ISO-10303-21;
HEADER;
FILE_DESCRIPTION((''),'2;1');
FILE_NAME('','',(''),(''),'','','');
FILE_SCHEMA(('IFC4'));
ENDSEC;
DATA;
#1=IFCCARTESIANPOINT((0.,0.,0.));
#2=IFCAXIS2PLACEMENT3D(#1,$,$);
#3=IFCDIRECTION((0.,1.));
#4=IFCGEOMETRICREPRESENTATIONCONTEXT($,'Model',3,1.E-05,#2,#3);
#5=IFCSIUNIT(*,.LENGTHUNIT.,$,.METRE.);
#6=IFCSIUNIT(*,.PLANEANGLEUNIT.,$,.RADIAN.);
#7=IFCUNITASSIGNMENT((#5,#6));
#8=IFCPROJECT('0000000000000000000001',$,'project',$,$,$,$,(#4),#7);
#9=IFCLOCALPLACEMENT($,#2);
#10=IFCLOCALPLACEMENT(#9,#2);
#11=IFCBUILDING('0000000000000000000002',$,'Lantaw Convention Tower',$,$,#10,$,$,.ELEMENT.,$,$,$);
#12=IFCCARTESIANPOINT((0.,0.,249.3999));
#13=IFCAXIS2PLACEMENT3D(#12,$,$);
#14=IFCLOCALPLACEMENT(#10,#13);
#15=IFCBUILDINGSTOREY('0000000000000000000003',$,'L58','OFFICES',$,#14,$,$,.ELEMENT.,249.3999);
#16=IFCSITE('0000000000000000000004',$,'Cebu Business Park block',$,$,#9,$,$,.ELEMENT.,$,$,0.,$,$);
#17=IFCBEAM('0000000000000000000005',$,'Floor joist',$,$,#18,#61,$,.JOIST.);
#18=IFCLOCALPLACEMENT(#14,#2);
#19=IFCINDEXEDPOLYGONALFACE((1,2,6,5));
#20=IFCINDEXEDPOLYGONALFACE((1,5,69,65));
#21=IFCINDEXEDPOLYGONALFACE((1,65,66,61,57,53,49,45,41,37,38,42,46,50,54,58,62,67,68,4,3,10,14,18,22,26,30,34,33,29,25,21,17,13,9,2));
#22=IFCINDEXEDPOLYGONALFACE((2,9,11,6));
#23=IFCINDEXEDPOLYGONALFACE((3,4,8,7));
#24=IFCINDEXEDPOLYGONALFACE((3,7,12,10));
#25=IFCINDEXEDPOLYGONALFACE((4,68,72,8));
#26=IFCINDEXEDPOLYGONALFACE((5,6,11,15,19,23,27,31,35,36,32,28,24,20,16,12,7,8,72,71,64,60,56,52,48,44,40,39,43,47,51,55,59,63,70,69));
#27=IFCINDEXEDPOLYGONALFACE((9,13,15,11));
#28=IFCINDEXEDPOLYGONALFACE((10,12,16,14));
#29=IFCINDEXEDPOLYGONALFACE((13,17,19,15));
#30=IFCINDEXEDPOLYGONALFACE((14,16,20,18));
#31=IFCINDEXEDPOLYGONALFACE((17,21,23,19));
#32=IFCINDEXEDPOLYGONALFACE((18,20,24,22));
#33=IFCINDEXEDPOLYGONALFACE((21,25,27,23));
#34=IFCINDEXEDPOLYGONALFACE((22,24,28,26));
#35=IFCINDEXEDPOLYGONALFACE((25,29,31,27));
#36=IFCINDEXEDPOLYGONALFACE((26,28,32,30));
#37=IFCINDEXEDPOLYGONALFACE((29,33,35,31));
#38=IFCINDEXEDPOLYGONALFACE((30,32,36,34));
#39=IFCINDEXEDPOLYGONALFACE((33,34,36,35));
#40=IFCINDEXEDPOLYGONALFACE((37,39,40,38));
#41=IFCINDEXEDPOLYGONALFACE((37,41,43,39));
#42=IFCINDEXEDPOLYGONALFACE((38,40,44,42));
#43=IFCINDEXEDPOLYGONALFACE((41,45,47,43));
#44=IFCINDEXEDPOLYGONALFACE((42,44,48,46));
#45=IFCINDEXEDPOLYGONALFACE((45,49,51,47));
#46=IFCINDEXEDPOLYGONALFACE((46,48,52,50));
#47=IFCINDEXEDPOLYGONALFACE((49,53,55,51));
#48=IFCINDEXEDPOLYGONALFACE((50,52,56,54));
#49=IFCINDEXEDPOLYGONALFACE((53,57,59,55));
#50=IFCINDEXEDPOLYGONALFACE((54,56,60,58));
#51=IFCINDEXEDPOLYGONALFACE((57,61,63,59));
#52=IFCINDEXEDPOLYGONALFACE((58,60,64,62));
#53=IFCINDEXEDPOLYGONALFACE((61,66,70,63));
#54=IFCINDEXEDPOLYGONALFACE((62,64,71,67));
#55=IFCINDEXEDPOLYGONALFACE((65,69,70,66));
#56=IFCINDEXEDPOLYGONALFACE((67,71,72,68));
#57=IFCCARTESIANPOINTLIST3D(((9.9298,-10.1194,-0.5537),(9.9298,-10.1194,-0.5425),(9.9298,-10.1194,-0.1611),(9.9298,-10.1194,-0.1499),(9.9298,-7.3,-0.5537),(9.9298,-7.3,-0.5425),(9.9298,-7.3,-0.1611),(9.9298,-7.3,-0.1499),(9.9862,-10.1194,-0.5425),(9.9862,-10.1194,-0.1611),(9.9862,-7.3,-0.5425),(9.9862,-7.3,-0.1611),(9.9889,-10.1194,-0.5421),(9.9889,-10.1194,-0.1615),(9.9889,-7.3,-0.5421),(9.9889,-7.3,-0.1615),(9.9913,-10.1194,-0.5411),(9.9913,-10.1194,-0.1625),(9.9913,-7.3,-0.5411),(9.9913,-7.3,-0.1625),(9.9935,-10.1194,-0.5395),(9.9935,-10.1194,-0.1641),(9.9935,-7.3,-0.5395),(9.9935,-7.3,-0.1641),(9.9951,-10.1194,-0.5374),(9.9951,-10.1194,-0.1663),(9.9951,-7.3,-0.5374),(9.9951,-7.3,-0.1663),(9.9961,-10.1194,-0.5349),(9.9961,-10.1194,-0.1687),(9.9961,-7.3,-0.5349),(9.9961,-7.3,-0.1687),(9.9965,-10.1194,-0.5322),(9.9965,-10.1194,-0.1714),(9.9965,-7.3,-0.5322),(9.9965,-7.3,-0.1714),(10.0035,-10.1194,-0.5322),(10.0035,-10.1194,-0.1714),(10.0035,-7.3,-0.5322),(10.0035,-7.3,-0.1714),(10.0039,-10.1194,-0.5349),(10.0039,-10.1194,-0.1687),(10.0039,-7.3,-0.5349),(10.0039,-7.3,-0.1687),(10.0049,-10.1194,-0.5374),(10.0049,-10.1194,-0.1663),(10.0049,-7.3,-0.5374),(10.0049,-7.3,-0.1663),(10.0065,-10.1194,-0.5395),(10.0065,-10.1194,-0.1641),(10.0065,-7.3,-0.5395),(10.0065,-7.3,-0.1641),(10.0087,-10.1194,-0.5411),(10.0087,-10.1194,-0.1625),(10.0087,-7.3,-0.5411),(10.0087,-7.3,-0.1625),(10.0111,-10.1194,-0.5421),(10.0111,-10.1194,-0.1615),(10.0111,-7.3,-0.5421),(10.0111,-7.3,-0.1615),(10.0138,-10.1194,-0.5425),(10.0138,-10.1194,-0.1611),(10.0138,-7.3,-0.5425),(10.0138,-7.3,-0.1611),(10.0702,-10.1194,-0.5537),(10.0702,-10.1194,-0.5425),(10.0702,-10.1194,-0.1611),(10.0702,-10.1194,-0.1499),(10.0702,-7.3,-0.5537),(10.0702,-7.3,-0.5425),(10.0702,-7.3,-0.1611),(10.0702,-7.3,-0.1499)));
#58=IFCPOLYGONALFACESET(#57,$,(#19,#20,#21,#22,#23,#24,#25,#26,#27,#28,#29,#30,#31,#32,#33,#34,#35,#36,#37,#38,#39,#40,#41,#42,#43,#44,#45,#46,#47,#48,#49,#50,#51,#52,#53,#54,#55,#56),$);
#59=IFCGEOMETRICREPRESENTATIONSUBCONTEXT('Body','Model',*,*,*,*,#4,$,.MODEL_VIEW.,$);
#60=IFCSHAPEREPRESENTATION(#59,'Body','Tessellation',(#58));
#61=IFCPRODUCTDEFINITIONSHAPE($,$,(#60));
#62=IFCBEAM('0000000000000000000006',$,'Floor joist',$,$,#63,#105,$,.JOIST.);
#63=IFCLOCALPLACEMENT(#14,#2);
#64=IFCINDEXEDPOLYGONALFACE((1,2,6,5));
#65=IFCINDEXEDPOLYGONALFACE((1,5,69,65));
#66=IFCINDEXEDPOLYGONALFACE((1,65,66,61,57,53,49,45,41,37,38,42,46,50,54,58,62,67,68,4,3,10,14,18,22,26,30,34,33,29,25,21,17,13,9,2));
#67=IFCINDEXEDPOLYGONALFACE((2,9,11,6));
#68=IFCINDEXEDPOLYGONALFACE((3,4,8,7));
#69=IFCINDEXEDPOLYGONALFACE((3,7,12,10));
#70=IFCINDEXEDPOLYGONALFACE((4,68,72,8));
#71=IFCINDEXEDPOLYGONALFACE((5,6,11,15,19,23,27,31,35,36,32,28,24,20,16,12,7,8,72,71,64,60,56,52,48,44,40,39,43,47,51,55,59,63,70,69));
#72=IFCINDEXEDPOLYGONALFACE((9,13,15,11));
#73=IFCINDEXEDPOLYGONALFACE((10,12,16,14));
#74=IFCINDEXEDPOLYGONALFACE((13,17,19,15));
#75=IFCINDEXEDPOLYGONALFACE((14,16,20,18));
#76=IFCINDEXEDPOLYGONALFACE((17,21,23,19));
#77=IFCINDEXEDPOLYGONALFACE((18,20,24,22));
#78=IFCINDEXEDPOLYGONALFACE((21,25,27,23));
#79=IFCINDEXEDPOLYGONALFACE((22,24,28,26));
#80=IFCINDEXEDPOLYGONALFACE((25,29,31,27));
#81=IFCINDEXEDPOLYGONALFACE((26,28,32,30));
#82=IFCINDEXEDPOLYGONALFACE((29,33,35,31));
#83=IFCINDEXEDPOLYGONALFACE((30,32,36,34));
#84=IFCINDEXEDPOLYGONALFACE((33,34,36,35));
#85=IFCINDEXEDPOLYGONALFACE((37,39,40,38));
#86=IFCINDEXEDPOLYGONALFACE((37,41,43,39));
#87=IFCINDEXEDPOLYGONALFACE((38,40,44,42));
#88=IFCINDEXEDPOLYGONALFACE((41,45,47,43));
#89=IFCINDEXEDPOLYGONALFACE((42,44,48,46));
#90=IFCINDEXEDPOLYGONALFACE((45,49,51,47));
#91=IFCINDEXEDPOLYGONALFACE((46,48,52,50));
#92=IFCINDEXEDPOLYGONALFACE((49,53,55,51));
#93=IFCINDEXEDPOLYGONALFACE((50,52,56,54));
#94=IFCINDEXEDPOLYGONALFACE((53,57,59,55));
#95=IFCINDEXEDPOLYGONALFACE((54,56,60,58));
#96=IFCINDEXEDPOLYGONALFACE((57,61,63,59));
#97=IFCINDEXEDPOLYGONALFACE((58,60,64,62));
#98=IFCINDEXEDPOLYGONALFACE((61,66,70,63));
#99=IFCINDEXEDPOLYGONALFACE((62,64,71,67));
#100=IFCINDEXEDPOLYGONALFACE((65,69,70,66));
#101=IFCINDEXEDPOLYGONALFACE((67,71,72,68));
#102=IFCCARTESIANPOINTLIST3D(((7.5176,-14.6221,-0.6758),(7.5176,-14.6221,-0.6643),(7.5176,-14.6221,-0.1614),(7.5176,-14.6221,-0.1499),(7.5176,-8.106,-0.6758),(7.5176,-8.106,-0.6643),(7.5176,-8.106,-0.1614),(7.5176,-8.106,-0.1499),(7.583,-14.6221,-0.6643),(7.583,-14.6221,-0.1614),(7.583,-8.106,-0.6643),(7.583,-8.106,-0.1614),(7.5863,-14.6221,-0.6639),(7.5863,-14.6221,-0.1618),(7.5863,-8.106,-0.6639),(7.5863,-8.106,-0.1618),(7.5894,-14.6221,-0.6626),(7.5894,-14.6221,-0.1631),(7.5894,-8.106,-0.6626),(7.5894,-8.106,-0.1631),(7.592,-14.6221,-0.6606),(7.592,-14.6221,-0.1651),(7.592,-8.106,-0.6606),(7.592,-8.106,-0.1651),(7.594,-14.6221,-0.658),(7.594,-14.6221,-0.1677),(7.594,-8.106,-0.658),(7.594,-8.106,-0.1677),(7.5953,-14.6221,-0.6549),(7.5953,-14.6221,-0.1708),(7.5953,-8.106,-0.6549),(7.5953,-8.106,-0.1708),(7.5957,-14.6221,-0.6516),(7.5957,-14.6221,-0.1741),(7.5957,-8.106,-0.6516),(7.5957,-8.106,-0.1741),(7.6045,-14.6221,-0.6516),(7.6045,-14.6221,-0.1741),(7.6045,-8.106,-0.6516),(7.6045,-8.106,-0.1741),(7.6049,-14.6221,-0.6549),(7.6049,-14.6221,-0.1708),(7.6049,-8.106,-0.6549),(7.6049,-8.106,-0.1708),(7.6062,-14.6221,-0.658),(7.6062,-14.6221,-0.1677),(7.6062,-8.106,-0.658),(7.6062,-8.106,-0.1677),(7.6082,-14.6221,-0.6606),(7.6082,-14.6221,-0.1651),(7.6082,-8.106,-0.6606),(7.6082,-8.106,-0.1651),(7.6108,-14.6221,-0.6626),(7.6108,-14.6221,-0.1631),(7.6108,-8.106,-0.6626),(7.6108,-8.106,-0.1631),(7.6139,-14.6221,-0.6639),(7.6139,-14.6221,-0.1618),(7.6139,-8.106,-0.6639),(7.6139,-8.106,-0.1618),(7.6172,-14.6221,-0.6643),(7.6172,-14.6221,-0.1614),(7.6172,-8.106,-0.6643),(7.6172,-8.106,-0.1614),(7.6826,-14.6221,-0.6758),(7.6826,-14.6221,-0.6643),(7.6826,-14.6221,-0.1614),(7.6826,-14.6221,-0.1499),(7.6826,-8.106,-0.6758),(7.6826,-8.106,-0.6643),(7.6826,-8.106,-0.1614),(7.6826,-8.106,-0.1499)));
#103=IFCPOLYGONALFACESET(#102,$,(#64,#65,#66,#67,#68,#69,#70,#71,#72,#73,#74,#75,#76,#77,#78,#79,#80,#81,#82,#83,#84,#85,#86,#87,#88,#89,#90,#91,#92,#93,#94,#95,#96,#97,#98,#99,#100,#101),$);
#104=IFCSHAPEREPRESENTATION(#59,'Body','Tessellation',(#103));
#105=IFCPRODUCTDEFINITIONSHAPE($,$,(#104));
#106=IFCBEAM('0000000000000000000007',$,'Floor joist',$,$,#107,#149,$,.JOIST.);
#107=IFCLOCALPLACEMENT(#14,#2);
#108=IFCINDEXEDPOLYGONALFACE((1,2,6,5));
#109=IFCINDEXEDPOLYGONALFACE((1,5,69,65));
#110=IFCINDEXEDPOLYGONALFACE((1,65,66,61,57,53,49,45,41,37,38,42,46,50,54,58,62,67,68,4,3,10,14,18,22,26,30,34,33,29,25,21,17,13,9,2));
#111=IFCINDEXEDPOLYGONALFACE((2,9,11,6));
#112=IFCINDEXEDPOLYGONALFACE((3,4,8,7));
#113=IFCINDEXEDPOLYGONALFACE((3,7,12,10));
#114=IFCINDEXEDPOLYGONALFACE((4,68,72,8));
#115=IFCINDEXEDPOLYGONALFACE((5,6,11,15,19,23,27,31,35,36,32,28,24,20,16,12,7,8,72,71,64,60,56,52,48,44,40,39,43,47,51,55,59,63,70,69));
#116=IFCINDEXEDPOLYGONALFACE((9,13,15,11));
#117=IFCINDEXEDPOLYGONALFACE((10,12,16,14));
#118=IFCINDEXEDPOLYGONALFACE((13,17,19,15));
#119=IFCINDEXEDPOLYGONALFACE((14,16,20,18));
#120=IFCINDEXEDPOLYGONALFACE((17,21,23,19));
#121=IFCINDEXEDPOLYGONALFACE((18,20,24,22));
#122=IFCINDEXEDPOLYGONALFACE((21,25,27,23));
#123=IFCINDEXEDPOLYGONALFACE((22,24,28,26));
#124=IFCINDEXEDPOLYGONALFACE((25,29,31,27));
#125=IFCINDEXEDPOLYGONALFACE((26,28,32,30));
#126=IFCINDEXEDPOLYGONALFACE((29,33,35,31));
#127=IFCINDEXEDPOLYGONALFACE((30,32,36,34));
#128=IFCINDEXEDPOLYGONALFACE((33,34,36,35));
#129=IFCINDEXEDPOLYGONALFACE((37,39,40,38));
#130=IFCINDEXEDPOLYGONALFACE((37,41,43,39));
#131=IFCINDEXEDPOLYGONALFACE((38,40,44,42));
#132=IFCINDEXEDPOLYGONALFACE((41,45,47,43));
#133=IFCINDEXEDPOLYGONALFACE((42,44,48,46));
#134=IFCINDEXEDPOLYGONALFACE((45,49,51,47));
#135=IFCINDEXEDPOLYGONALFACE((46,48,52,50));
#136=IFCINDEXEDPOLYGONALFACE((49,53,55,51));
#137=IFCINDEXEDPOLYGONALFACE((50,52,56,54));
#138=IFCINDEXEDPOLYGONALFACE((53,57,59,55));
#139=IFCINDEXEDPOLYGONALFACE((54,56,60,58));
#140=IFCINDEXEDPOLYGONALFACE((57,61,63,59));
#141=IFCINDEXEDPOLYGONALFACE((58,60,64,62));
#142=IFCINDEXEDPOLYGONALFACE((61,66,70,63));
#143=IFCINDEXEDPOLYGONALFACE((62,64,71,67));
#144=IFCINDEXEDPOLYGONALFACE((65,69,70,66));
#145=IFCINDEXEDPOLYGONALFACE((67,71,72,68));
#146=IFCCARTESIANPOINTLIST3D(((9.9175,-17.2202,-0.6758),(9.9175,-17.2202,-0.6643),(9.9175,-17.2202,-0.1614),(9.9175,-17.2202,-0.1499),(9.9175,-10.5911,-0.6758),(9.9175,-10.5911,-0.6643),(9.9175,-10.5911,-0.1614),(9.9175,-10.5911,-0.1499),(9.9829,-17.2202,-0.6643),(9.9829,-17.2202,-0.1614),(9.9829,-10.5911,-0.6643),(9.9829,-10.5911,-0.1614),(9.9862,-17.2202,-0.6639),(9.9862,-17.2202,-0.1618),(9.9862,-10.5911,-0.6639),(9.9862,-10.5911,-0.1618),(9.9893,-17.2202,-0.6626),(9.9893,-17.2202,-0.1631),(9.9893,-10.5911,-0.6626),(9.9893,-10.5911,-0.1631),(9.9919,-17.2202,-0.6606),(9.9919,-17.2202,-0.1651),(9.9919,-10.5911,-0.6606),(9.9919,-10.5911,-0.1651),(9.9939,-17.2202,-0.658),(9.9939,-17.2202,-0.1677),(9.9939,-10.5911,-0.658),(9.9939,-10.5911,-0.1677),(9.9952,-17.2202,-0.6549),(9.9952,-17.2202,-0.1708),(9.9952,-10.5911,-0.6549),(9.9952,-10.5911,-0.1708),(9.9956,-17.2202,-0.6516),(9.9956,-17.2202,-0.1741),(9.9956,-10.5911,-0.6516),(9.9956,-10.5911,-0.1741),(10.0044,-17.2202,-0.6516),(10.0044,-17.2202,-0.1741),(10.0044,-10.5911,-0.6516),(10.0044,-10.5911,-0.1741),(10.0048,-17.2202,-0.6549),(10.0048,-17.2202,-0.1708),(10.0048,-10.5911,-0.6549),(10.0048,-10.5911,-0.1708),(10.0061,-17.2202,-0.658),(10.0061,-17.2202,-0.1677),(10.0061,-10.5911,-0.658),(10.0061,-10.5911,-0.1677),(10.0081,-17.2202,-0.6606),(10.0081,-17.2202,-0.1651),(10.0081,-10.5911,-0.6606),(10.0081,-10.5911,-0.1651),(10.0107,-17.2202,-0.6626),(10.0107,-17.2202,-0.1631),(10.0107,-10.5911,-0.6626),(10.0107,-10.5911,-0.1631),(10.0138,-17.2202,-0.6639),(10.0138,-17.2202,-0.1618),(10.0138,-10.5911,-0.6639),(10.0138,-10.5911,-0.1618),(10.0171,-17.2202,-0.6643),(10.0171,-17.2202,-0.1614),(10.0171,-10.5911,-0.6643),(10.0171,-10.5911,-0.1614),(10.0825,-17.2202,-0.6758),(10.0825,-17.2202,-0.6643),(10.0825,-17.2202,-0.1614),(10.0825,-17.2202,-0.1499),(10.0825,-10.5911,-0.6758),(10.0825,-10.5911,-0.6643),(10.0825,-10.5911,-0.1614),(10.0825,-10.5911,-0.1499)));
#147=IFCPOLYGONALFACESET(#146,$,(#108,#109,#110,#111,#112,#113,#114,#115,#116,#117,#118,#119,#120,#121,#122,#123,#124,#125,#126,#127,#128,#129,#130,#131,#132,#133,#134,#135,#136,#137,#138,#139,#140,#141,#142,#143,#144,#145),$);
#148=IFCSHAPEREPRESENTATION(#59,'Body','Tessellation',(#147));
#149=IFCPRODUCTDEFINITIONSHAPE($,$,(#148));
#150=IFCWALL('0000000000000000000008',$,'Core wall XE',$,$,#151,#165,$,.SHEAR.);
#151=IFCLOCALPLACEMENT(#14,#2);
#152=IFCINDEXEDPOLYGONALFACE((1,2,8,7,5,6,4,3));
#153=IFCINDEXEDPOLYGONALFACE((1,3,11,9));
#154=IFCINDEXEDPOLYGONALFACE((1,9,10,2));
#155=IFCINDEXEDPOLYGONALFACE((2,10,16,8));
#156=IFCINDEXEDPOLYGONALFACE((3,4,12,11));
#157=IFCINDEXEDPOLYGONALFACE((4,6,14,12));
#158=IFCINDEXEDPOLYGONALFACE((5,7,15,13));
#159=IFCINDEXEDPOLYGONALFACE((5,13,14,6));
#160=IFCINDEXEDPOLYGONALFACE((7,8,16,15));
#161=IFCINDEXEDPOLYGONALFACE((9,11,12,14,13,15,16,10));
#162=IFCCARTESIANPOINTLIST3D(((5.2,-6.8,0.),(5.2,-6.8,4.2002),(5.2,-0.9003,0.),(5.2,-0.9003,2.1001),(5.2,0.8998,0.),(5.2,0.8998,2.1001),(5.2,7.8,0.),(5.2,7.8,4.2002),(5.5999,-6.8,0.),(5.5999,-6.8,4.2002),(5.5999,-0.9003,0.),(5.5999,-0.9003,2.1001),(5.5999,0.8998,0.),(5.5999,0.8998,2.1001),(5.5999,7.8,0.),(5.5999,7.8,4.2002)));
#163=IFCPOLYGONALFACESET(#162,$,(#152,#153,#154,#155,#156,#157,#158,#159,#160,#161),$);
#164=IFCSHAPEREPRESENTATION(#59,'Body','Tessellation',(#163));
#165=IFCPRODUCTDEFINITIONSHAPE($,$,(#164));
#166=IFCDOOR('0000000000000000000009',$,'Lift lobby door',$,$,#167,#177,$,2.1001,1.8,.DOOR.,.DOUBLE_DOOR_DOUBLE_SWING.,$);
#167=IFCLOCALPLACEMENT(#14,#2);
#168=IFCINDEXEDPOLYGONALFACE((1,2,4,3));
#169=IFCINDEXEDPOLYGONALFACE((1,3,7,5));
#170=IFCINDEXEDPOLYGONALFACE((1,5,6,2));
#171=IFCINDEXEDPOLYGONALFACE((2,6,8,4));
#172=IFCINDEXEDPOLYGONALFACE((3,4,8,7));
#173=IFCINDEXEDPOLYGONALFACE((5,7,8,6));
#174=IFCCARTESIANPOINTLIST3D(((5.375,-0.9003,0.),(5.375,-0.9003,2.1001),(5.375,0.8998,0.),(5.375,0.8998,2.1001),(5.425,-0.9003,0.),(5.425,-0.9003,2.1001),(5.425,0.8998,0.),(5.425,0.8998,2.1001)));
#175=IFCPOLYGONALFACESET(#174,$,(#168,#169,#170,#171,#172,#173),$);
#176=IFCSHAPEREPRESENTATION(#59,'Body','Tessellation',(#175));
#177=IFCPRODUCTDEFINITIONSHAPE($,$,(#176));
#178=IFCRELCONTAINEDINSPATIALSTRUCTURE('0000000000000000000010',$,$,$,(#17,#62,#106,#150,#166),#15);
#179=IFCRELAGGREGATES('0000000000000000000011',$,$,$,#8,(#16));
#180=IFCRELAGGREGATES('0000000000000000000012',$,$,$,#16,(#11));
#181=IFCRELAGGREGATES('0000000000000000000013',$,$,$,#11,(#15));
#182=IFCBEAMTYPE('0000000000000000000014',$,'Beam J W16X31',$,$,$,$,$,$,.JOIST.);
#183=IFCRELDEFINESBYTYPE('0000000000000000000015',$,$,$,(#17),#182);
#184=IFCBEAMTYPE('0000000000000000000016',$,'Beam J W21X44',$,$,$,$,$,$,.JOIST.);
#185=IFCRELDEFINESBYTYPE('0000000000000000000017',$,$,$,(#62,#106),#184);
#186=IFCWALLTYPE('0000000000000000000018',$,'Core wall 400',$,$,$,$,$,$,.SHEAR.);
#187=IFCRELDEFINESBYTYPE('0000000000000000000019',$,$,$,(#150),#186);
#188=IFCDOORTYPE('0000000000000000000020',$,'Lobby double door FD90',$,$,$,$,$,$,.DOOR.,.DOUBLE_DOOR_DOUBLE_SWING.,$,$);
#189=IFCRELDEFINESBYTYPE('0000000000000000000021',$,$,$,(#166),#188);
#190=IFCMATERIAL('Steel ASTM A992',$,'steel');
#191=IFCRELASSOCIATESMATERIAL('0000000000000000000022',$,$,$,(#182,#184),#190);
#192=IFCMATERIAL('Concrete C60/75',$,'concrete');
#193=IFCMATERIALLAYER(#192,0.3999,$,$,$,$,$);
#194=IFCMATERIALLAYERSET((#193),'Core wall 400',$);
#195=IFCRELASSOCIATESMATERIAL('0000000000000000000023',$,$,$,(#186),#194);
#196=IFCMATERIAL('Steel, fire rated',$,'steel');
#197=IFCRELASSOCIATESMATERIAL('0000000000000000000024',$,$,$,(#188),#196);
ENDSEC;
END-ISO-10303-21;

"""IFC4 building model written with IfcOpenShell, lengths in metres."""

from ifc_helpers import new_model, si_unit, direction, frame, frame_2d, origin, origin_2d, place, context, subcontext, project, spatial, rectangle, i_section, extrude, material, layer, layer_set, material_profile, profile_set, type_object, element, fill, save


model = new_model("IFC4")

# Units and contexts
model_context = context("Model", 3, precision=1e-05, world=origin(), true_north=direction((0.0, 1.0)))
body_context = subcontext(model_context, "Body", "Model", "MODEL_VIEW")
ifc_project = project(units=[si_unit("LENGTHUNIT", "METRE"), si_unit("PLANEANGLEUNIT", "RADIAN")], contexts=[model_context])

# Site, building, storey
site_placement = place(None, origin())
site = spatial("IfcSite", under=ifc_project, at=site_placement, Name="Cebu Business Park block", CompositionType="ELEMENT", RefElevation=0.0)
building_placement = place(site_placement, origin())
building = spatial("IfcBuilding", under=site, at=building_placement, Name="Lantaw Convention Tower", CompositionType="ELEMENT")
storey_placement = place(building_placement, frame((0.0, 0.0, 249.3999)))
storey = spatial("IfcBuildingStorey", under=building, at=storey_placement, Name="L58", Description="OFFICES", CompositionType="ELEMENT", Elevation=249.3999)

# Beams
ifc_material_1 = material(Name="Steel ASTM A992", Category="steel")
ifc_material_profile_1 = material_profile(ifc_material_1, i_section(OverallWidth=0.1404, OverallDepth=0.4038, WebThickness=0.0071, FlangeThickness=0.0112, FilletRadius=0.0103, at=origin_2d()), Name="W16X31")
ifc_profile_set_1 = profile_set([ifc_material_profile_1], Name="Steel ASTM A992")
beam_type_1 = type_object("IfcBeamType", Name="Beam J W16X31", PredefinedType="JOIST", material=ifc_profile_set_1)
beam_1_placement = place(storey_placement, frame((10.0, -10.1194, -0.3518), z_axis=(0.0, 1.0, 0.0), x_axis=(-1.0, 0.0, 0.0)))
element("IfcBeam", 1, at=beam_1_placement, inside=storey, type_object=beam_type_1, Name="Floor joist", PredefinedType="JOIST", context=body_context, shape_type="SweptSolid", body=[
    extrude(i_section(OverallWidth=0.1404, OverallDepth=0.4038, WebThickness=0.0071, FlangeThickness=0.0112, FilletRadius=0.0103, at=origin_2d()), origin(), (0.0, 0.0, 1.0), 2.8193),
])
ifc_material_profile_2 = material_profile(ifc_material_1, i_section(OverallWidth=0.165, OverallDepth=0.5259, WebThickness=0.0088, FlangeThickness=0.0115, FilletRadius=0.0127, at=origin_2d()), Name="W21X44")
ifc_profile_set_2 = profile_set([ifc_material_profile_2], Name="Steel ASTM A992")
beam_type_2 = type_object("IfcBeamType", Name="Beam J W21X44", PredefinedType="JOIST", material=ifc_profile_set_2)
beam_2_placement = place(storey_placement, frame((7.6001, -14.6221, -0.4128), z_axis=(0.0, 1.0, 0.0), x_axis=(-1.0, 0.0, 0.0)))
element("IfcBeam", 2, at=beam_2_placement, inside=storey, type_object=beam_type_2, Name="Floor joist", PredefinedType="JOIST", context=body_context, shape_type="SweptSolid", body=[
    extrude(i_section(OverallWidth=0.165, OverallDepth=0.5259, WebThickness=0.0088, FlangeThickness=0.0115, FilletRadius=0.0127, at=origin_2d()), origin(), (0.0, 0.0, 1.0), 6.5161),
])
beam_3_placement = place(storey_placement, frame((10.0, -17.2202, -0.4128), z_axis=(0.0, 1.0, 0.0), x_axis=(-1.0, 0.0, 0.0)))
element("IfcBeam", 3, at=beam_3_placement, inside=storey, type_object=beam_type_2, Name="Floor joist", PredefinedType="JOIST", context=body_context, shape_type="SweptSolid", body=[
    extrude(i_section(OverallWidth=0.165, OverallDepth=0.5259, WebThickness=0.0088, FlangeThickness=0.0115, FilletRadius=0.0127, at=origin_2d()), origin(), (0.0, 0.0, 1.0), 6.6292),
])

# Wall, opening, door
ifc_material_2 = material(Name="Concrete C60/75", Category="concrete")
ifc_layer_1 = layer(ifc_material_2, 0.3999)
ifc_layer_set_1 = layer_set([ifc_layer_1], Name="Core wall 400")
wall_type_1 = type_object("IfcWallType", Name="Core wall 400", PredefinedType="SHEAR", material=ifc_layer_set_1)
wall_1_placement = place(storey_placement, frame((5.3999, -6.8, 0.0), z_axis=(0.0, 0.0, 1.0), x_axis=(0.0, 1.0, 0.0)))
wall_1 = element("IfcWall", 4, at=wall_1_placement, inside=storey, type_object=wall_type_1, Name="Core wall XE", PredefinedType="SHEAR", context=body_context, shape_type="SweptSolid", body=[
    extrude(rectangle(XDim=14.6001, YDim=0.3999, at=frame_2d((7.3, 0.0))), origin(), (0.0, 0.0, 1.0), 4.2002),
])
opening_1_placement = place(wall_1_placement, frame((5.8999, 0.0, 0.0)))
opening_1 = element("IfcOpeningElement", 5, at=opening_1_placement, cuts=wall_1, PredefinedType="OPENING", context=body_context, shape_type="SweptSolid", body=[
    extrude(rectangle(XDim=1.8, YDim=2.1001, at=frame_2d((0.8999, 1.05))), frame((0.0, 0.21, 0.0), z_axis=(0.0, -1.0, 0.0), x_axis=(1.0, 0.0, 0.0)), (0.0, 0.0, 1.0), 0.4199),
])
ifc_material_3 = material(Name="Steel, fire rated", Category="steel")
door_type_1 = type_object("IfcDoorType", Name="Lobby double door FD90", OperationType="DOUBLE_DOOR_DOUBLE_SWING", PredefinedType="DOOR", material=ifc_material_3)
door_1_placement = place(opening_1_placement, origin())
door_1 = element("IfcDoor", 6, at=door_1_placement, inside=storey, type_object=door_type_1, Name="Lift lobby door", OperationType="DOUBLE_DOOR_DOUBLE_SWING", OverallHeight=2.1001, OverallWidth=1.8, PredefinedType="DOOR", context=body_context, shape_type="SweptSolid", body=[
    extrude(rectangle(XDim=1.8, YDim=2.1001, at=frame_2d((0.8999, 1.05))), frame((0.0, 0.0249, 0.0), z_axis=(0.0, -1.0, 0.0), x_axis=(1.0, 0.0, 0.0)), (0.0, 0.0, 1.0), 0.05),
])
fill(opening_1, door_1)

save(model, "model.ifc")
